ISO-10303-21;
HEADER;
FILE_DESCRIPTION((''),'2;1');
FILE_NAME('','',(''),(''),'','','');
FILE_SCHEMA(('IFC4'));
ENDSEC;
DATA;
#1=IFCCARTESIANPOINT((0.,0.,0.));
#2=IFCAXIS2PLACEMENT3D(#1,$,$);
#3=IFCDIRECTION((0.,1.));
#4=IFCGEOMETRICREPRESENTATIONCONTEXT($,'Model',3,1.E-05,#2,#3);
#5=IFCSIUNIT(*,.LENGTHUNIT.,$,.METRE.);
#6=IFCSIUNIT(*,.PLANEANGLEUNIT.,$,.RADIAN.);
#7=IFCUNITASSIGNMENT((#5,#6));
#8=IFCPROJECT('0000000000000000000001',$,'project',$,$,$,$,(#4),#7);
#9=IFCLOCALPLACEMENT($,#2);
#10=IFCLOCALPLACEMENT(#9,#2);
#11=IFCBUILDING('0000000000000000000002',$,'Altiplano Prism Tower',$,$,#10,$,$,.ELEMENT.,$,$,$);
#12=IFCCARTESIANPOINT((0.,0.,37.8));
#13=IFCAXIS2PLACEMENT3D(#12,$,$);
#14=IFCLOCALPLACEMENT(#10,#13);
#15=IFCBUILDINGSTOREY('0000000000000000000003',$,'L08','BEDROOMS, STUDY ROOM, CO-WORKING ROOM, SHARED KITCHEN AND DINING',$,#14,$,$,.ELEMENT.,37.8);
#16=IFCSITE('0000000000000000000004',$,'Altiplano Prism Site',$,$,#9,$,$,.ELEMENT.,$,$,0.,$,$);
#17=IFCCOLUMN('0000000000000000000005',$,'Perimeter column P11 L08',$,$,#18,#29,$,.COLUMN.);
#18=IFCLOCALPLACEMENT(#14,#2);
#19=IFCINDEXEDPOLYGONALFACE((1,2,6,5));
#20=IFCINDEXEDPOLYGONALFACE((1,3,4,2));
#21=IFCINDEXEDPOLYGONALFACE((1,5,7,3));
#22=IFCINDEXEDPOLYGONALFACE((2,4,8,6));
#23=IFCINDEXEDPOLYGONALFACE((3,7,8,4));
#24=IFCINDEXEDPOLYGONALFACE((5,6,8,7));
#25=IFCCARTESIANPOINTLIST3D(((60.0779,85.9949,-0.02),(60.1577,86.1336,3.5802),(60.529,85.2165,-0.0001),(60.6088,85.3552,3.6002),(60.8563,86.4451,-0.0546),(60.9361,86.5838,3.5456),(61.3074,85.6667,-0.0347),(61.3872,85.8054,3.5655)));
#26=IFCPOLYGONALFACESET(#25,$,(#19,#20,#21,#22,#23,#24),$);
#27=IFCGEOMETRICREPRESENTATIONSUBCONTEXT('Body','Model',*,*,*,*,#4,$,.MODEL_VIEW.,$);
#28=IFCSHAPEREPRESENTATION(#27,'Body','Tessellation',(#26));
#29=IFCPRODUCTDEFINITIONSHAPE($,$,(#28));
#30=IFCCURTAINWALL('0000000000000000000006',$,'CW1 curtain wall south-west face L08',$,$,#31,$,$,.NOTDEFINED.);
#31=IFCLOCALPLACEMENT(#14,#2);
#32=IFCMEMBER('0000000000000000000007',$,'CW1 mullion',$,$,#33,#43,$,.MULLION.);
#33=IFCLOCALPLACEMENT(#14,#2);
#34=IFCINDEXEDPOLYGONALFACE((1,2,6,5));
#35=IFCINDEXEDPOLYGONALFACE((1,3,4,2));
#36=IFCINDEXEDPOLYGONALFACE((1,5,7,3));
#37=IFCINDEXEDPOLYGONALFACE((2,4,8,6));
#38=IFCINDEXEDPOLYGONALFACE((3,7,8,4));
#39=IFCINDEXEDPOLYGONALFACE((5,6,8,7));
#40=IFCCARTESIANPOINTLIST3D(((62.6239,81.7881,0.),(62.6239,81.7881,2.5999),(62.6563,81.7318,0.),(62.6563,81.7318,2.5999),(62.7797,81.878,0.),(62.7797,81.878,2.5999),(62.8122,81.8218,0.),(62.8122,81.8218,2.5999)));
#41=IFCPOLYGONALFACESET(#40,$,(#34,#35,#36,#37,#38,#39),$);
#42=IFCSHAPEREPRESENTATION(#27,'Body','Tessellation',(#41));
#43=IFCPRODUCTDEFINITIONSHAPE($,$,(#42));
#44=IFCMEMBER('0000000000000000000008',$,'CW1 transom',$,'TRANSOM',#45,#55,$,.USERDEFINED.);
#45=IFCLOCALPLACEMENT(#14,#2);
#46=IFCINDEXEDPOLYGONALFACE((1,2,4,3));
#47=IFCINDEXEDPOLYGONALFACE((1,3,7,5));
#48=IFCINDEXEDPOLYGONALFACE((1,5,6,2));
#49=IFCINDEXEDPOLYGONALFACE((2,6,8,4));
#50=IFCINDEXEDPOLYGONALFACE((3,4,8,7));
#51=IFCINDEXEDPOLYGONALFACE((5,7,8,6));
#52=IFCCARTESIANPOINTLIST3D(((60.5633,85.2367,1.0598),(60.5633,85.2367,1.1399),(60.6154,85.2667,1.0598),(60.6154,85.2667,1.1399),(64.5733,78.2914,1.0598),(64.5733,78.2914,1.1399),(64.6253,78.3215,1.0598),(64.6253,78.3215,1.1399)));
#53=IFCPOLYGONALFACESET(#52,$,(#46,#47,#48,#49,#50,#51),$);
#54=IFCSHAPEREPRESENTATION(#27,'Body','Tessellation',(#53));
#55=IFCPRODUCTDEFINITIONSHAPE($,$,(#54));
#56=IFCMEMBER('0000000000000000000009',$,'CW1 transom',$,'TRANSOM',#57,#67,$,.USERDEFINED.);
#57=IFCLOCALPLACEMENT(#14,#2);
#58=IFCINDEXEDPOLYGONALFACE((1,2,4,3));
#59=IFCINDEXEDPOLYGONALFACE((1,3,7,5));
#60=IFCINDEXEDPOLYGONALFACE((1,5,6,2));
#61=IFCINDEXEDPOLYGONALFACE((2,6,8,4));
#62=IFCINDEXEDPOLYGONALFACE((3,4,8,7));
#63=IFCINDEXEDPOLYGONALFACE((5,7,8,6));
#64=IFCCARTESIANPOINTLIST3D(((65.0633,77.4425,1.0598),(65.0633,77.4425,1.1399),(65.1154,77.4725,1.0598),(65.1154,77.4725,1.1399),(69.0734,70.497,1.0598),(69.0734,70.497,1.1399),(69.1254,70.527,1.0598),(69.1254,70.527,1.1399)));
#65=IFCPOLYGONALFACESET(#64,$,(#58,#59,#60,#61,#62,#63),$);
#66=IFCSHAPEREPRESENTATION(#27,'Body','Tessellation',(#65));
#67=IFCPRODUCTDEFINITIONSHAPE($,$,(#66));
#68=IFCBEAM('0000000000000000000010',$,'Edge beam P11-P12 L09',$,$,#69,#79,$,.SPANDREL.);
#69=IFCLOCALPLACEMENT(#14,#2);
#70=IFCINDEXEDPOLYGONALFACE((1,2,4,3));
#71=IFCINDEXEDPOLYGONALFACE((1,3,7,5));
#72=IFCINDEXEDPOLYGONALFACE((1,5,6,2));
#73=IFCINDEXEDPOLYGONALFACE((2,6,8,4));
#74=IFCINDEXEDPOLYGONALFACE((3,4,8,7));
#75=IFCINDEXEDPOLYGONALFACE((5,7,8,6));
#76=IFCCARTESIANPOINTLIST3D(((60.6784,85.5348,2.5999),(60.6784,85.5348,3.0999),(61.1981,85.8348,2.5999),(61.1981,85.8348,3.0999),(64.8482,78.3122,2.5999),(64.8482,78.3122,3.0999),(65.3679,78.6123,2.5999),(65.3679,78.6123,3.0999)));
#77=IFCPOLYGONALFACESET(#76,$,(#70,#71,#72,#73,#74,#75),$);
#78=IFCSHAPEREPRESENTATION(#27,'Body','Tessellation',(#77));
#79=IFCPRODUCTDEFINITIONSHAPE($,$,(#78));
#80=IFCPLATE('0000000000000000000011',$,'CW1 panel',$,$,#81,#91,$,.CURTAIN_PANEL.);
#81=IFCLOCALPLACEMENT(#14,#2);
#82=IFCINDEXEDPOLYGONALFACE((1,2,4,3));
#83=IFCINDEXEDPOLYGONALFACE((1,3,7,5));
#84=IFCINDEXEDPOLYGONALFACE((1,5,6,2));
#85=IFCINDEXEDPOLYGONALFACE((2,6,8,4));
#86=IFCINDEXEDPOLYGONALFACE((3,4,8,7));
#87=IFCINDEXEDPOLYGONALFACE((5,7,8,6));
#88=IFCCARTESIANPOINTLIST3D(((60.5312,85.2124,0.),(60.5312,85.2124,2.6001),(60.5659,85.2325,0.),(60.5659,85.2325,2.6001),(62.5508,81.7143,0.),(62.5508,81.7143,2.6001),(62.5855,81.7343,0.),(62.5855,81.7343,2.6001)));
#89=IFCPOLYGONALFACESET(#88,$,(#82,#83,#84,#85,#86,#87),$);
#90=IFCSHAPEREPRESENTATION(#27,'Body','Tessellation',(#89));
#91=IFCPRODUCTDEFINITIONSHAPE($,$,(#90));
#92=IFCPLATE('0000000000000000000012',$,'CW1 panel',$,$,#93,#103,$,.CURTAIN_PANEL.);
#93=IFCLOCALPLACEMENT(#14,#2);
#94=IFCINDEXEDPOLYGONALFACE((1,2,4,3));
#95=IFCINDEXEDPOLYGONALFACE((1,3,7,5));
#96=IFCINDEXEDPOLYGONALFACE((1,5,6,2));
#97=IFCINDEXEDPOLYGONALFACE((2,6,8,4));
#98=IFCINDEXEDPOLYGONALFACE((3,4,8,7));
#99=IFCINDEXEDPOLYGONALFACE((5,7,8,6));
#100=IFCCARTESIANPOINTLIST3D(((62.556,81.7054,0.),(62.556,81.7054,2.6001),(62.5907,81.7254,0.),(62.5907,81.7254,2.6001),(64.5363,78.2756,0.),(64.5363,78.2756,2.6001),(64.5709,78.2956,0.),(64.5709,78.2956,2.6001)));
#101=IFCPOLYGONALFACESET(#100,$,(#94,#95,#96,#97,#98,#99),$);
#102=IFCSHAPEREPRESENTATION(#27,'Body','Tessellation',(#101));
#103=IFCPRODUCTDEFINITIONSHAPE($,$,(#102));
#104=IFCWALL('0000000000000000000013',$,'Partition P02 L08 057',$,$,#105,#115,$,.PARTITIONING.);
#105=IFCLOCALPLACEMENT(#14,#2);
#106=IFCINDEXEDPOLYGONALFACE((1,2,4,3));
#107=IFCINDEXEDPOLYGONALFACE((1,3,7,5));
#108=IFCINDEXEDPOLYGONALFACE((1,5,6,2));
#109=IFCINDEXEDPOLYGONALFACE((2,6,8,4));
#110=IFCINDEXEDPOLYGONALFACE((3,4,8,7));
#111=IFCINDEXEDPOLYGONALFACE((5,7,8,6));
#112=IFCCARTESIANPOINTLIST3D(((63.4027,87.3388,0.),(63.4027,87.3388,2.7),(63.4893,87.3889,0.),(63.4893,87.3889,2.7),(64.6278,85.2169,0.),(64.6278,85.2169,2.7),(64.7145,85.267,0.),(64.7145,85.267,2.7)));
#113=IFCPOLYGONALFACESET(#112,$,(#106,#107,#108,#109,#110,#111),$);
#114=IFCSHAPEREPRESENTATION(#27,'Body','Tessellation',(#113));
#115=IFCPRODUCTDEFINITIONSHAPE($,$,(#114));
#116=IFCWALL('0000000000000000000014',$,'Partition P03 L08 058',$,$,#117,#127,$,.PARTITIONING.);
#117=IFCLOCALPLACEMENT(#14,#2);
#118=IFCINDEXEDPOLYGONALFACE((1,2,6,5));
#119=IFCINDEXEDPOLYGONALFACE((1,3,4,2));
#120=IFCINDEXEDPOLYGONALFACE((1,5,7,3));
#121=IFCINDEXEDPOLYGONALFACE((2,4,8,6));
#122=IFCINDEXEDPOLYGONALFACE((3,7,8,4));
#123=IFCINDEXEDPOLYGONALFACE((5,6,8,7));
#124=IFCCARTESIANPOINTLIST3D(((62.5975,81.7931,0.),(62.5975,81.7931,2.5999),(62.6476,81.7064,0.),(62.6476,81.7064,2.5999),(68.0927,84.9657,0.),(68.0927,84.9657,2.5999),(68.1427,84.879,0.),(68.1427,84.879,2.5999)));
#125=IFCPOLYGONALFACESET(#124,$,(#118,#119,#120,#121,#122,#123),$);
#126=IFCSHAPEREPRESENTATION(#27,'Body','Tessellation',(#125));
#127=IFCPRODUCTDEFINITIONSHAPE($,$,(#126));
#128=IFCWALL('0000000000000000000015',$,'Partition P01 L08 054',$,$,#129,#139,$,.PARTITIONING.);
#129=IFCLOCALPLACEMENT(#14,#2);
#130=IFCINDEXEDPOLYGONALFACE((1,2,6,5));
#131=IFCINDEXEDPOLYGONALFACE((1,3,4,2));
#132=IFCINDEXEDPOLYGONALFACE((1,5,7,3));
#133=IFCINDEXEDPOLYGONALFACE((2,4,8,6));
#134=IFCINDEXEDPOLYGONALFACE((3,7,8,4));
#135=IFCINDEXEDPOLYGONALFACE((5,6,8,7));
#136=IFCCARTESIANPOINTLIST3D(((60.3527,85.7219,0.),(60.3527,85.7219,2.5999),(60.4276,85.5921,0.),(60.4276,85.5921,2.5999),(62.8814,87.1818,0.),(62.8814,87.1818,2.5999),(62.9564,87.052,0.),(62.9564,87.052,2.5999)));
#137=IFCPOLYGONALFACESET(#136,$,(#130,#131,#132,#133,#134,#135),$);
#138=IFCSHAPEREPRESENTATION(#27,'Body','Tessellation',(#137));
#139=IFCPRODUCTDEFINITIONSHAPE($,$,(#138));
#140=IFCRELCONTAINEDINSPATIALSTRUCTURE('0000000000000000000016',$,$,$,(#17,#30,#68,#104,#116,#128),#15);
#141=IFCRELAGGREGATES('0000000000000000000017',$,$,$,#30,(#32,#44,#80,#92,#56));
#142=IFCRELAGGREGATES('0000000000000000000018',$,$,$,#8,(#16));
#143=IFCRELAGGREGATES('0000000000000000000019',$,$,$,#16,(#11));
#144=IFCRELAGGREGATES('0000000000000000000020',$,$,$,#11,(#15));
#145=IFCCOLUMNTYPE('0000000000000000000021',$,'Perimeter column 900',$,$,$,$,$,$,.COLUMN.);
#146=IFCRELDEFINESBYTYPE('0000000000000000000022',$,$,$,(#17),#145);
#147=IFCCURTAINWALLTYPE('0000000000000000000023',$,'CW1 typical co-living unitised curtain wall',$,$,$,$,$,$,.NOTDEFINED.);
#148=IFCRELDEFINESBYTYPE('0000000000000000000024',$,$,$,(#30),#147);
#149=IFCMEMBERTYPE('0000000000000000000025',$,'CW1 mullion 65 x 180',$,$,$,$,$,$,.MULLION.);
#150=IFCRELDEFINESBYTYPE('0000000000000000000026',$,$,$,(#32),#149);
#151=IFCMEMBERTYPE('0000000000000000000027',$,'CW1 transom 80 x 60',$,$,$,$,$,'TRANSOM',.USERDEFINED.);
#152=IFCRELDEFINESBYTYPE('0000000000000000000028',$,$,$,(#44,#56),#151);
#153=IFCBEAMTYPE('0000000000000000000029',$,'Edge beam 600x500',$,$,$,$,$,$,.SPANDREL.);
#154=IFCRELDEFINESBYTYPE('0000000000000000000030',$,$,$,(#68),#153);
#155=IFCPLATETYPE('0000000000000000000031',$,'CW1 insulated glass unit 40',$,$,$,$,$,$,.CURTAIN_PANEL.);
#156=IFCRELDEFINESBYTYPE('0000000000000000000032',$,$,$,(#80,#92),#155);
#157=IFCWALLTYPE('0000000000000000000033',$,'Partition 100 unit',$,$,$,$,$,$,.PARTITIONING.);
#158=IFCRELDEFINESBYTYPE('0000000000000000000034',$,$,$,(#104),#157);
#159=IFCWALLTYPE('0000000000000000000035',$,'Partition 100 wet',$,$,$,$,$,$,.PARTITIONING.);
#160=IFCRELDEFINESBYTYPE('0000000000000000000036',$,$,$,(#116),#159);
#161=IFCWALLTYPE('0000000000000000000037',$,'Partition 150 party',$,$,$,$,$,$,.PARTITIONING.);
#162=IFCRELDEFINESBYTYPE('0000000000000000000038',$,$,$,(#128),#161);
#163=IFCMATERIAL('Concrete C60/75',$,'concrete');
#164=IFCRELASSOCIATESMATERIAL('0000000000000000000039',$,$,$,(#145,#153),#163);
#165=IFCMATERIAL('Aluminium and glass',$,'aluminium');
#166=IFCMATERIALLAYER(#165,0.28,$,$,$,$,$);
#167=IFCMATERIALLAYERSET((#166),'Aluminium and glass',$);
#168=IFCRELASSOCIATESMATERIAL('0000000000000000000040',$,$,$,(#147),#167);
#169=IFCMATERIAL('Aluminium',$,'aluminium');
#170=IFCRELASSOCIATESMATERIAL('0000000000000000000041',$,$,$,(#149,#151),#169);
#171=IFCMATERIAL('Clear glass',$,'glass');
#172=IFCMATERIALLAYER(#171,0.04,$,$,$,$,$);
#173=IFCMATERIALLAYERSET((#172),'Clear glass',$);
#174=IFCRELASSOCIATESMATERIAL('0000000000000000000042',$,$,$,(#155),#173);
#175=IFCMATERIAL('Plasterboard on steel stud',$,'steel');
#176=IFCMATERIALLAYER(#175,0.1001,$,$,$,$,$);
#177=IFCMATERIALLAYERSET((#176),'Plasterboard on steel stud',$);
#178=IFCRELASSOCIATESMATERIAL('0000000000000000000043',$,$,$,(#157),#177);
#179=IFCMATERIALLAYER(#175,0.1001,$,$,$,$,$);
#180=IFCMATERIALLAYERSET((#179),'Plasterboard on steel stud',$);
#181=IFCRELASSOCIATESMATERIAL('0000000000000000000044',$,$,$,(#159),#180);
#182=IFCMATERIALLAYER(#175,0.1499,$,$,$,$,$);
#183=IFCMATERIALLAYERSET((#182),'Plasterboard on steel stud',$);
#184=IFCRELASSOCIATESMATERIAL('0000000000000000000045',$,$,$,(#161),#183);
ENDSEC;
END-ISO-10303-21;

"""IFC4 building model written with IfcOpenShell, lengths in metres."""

from ifc_helpers import new_model, si_unit, direction, frame, frame_2d, origin, origin_2d, place, context, subcontext, project, spatial, rectangle, extrude, material, layer, layer_set, material_profile, profile_set, type_object, element, aggregate, save


model = new_model("IFC4")

# Units and contexts
model_context = context("Model", 3, precision=1e-05, world=origin(), true_north=direction((0.0, 1.0)))
body_context = subcontext(model_context, "Body", "Model", "MODEL_VIEW")
ifc_project = project(units=[si_unit("LENGTHUNIT", "METRE"), si_unit("PLANEANGLEUNIT", "RADIAN")], contexts=[model_context])

# Site, building, storey
site_placement = place(None, origin())
site = spatial("IfcSite", under=ifc_project, at=site_placement, Name="Altiplano Prism Site", CompositionType="ELEMENT", RefElevation=0.0)
building_placement = place(site_placement, origin())
building = spatial("IfcBuilding", under=site, at=building_placement, Name="Altiplano Prism Tower", CompositionType="ELEMENT")
storey_placement = place(building_placement, frame((0.0, 0.0, 37.8)))
storey = spatial("IfcBuildingStorey", under=building, at=storey_placement, Name="L08", Description="BEDROOMS, STUDY ROOM, CO-WORKING ROOM, SHARED KITCHEN AND DINING", CompositionType="ELEMENT", Elevation=37.8)

# Column
ifc_material_1 = material(Name="Concrete C60/75", Category="concrete")
ifc_material_profile_1 = material_profile(ifc_material_1, rectangle(XDim=0.8999, YDim=0.8999, at=origin_2d()), Name="Perimeter column 900")
ifc_profile_set_1 = profile_set([ifc_material_profile_1], Name="Concrete C60/75")
column_type = type_object("IfcColumnType", Name="Perimeter column 900", PredefinedType="COLUMN", material=ifc_profile_set_1)
column_placement = place(storey_placement, frame((60.6926, 85.8308, -0.0273), z_axis=(0.022154, 0.038481, 0.999014), x_axis=(-0.864982, -0.500327, 0.038453)))
element("IfcColumn", 1, at=column_placement, inside=storey, type_object=column_type, Name="Perimeter column P11 L08", PredefinedType="COLUMN", context=body_context, shape_type="SweptSolid", body=[
    extrude(rectangle(XDim=0.8999, YDim=0.8999, at=origin_2d()), origin(), (0.0, 0.0, 1.0), 3.6038),
])

# Curtain wall, members
ifc_material_2 = material(Name="Aluminium and glass", Category="aluminium")
ifc_layer_1 = layer(ifc_material_2, 0.28)
ifc_layer_set_1 = layer_set([ifc_layer_1], Name="Aluminium and glass")
curtain_wall_type = type_object("IfcCurtainWallType", Name="CW1 typical co-living unitised curtain wall", PredefinedType="NOTDEFINED", material=ifc_layer_set_1)
curtain_wall_placement = place(storey_placement, origin())
curtain_wall = element("IfcCurtainWall", 2, at=curtain_wall_placement, inside=storey, type_object=curtain_wall_type, Name="CW1 curtain wall south-west face L08", PredefinedType="NOTDEFINED")
ifc_material_3 = material(Name="Aluminium", Category="aluminium")
ifc_material_profile_2 = material_profile(ifc_material_3, rectangle(XDim=0.1799, YDim=0.0649, at=origin_2d()), Name="CW1 mullion 65 x 180")
ifc_profile_set_2 = profile_set([ifc_material_profile_2], Name="Aluminium")
member_type_1 = type_object("IfcMemberType", Name="CW1 mullion 65 x 180", PredefinedType="MULLION", material=ifc_profile_set_2)
member_1_placement = place(storey_placement, frame((62.718, 81.8049, 0.0), z_axis=(0.0, 0.0, 1.0), x_axis=(0.866025, 0.5, 0.0)))
member_1 = element("IfcMember", 3, at=member_1_placement, type_object=member_type_1, Name="CW1 mullion", PredefinedType="MULLION", context=body_context, shape_type="SweptSolid", body=[
    extrude(rectangle(XDim=0.1799, YDim=0.0649, at=origin_2d()), origin(), (0.0, 0.0, 1.0), 2.5999),
])
ifc_material_profile_3 = material_profile(ifc_material_3, rectangle(XDim=0.0601, YDim=0.0801, at=origin_2d()), Name="CW1 transom 80 x 60")
ifc_profile_set_3 = profile_set([ifc_material_profile_3], Name="Aluminium")
member_type_2 = type_object("IfcMemberType", Name="CW1 transom 80 x 60", ElementType="TRANSOM", PredefinedType="USERDEFINED", material=ifc_profile_set_3)
member_2_placement = place(storey_placement, frame((60.5894, 85.2517, 1.0999), z_axis=(0.500012, -0.866018, 0.0), x_axis=(0.866018, 0.500012, 0.0)))
member_2 = element("IfcMember", 4, at=member_2_placement, type_object=member_type_2, Name="CW1 transom", ObjectType="TRANSOM", PredefinedType="USERDEFINED", context=body_context, shape_type="SweptSolid", body=[
    extrude(rectangle(XDim=0.0601, YDim=0.0801, at=origin_2d()), origin(), (0.0, 0.0, 1.0), 8.0198),
])
member_3_placement = place(storey_placement, frame((65.0894, 77.4575, 1.0999), z_axis=(0.499999, -0.866026, 0.0), x_axis=(0.866026, 0.499999, 0.0)))
member_3 = element("IfcMember", 5, at=member_3_placement, type_object=member_type_2, Name="CW1 transom", ObjectType="TRANSOM", PredefinedType="USERDEFINED", context=body_context, shape_type="SweptSolid", body=[
    extrude(rectangle(XDim=0.0601, YDim=0.0801, at=origin_2d()), origin(), (0.0, 0.0, 1.0), 8.02),
])

# Beam
ifc_material_profile_4 = material_profile(ifc_material_1, rectangle(XDim=0.6001, YDim=0.5, at=origin_2d()), Name="Edge beam 600x500")
ifc_profile_set_4 = profile_set([ifc_material_profile_4], Name="Concrete C60/75")
beam_type = type_object("IfcBeamType", Name="Edge beam 600x500", PredefinedType="SPANDREL", material=ifc_profile_set_4)
beam_placement = place(storey_placement, frame((60.9382, 85.6848, 2.8499), z_axis=(0.499993, -0.86603, 0.0), x_axis=(0.86603, 0.499993, 0.0)))
element("IfcBeam", 6, at=beam_placement, inside=storey, type_object=beam_type, Name="Edge beam P11-P12 L09", PredefinedType="SPANDREL", context=body_context, shape_type="SweptSolid", body=[
    extrude(rectangle(XDim=0.6001, YDim=0.5, at=origin_2d()), origin(), (0.0, 0.0, 1.0), 8.3398),
])

# Plates
ifc_material_4 = material(Name="Clear glass", Category="glass")
ifc_layer_2 = layer(ifc_material_4, 0.04)
ifc_layer_set_2 = layer_set([ifc_layer_2], Name="Clear glass")
plate_type = type_object("IfcPlateType", Name="CW1 insulated glass unit 40", PredefinedType="CURTAIN_PANEL", material=ifc_layer_set_2)
plate_1_placement = place(storey_placement, frame((61.5583, 83.4734, 0.0), z_axis=(0.0, 0.0, 1.0), x_axis=(0.5, -0.866025, 0.0)))
plate_1 = element("IfcPlate", 7, at=plate_1_placement, type_object=plate_type, Name="CW1 panel", PredefinedType="CURTAIN_PANEL", context=body_context, shape_type="SweptSolid", body=[
    extrude(rectangle(XDim=4.0393, YDim=0.04, at=origin_2d()), origin(), (0.0, 0.0, 1.0), 2.6001),
])
plate_2_placement = place(storey_placement, frame((63.5635, 80.0005, 0.0), z_axis=(0.0, 0.0, 1.0), x_axis=(0.5, -0.866025, 0.0)))
plate_2 = element("IfcPlate", 8, at=plate_2_placement, type_object=plate_type, Name="CW1 panel", PredefinedType="CURTAIN_PANEL", context=body_context, shape_type="SweptSolid", body=[
    extrude(rectangle(XDim=3.9604, YDim=0.04, at=origin_2d()), origin(), (0.0, 0.0, 1.0), 2.6001),
])
aggregate(curtain_wall, [member_1, member_2, plate_1, plate_2, member_3])

# Walls
ifc_material_5 = material(Name="Plasterboard on steel stud", Category="steel")
ifc_layer_3 = layer(ifc_material_5, 0.1001)
ifc_layer_set_3 = layer_set([ifc_layer_3], Name="Plasterboard on steel stud")
wall_type_1 = type_object("IfcWallType", Name="Partition 100 unit", PredefinedType="PARTITIONING", material=ifc_layer_set_3)
wall_1_placement = place(storey_placement, frame((64.6711, 85.2419, 0.0), z_axis=(0.0, 0.0, 1.0), x_axis=(-0.500019, 0.866015, 0.0)))
element("IfcWall", 9, at=wall_1_placement, inside=storey, type_object=wall_type_1, Name="Partition P02 L08 057", PredefinedType="PARTITIONING", context=body_context, shape_type="SweptSolid", body=[
    extrude(rectangle(XDim=2.4502, YDim=0.1001, at=frame_2d((1.2251, 0.0))), origin(), (0.0, 0.0, 1.0), 2.7),
])
ifc_layer_4 = layer(ifc_material_5, 0.1001)
ifc_layer_set_4 = layer_set([ifc_layer_4], Name="Plasterboard on steel stud")
wall_type_2 = type_object("IfcWallType", Name="Partition 100 wet", PredefinedType="PARTITIONING", material=ifc_layer_set_4)
wall_2_placement = place(storey_placement, frame((62.6226, 81.7498, 0.0), z_axis=(0.0, 0.0, 1.0), x_axis=(0.866025, 0.5, 0.0)))
element("IfcWall", 10, at=wall_2_placement, inside=storey, type_object=wall_type_2, Name="Partition P03 L08 058", PredefinedType="PARTITIONING", context=body_context, shape_type="SweptSolid", body=[
    extrude(rectangle(XDim=6.3452, YDim=0.1001, at=frame_2d((3.1726, 0.0))), origin(), (0.0, 0.0, 1.0), 2.5999),
])
ifc_layer_5 = layer(ifc_material_5, 0.1499)
ifc_layer_set_5 = layer_set([ifc_layer_5], Name="Plasterboard on steel stud")
wall_type_3 = type_object("IfcWallType", Name="Partition 150 party", PredefinedType="PARTITIONING", material=ifc_layer_set_5)
wall_3_placement = place(storey_placement, frame((60.3901, 85.657, 0.0), z_axis=(0.0, 0.0, 1.0), x_axis=(0.866032, 0.499988, 0.0)))
element("IfcWall", 11, at=wall_3_placement, inside=storey, type_object=wall_type_3, Name="Partition P01 L08 054", PredefinedType="PARTITIONING", context=body_context, shape_type="SweptSolid", body=[
    extrude(rectangle(XDim=2.9199, YDim=0.1499, at=frame_2d((1.46, 0.0))), origin(), (0.0, 0.0, 1.0), 2.5999),
])

save(model, "model.ifc")
